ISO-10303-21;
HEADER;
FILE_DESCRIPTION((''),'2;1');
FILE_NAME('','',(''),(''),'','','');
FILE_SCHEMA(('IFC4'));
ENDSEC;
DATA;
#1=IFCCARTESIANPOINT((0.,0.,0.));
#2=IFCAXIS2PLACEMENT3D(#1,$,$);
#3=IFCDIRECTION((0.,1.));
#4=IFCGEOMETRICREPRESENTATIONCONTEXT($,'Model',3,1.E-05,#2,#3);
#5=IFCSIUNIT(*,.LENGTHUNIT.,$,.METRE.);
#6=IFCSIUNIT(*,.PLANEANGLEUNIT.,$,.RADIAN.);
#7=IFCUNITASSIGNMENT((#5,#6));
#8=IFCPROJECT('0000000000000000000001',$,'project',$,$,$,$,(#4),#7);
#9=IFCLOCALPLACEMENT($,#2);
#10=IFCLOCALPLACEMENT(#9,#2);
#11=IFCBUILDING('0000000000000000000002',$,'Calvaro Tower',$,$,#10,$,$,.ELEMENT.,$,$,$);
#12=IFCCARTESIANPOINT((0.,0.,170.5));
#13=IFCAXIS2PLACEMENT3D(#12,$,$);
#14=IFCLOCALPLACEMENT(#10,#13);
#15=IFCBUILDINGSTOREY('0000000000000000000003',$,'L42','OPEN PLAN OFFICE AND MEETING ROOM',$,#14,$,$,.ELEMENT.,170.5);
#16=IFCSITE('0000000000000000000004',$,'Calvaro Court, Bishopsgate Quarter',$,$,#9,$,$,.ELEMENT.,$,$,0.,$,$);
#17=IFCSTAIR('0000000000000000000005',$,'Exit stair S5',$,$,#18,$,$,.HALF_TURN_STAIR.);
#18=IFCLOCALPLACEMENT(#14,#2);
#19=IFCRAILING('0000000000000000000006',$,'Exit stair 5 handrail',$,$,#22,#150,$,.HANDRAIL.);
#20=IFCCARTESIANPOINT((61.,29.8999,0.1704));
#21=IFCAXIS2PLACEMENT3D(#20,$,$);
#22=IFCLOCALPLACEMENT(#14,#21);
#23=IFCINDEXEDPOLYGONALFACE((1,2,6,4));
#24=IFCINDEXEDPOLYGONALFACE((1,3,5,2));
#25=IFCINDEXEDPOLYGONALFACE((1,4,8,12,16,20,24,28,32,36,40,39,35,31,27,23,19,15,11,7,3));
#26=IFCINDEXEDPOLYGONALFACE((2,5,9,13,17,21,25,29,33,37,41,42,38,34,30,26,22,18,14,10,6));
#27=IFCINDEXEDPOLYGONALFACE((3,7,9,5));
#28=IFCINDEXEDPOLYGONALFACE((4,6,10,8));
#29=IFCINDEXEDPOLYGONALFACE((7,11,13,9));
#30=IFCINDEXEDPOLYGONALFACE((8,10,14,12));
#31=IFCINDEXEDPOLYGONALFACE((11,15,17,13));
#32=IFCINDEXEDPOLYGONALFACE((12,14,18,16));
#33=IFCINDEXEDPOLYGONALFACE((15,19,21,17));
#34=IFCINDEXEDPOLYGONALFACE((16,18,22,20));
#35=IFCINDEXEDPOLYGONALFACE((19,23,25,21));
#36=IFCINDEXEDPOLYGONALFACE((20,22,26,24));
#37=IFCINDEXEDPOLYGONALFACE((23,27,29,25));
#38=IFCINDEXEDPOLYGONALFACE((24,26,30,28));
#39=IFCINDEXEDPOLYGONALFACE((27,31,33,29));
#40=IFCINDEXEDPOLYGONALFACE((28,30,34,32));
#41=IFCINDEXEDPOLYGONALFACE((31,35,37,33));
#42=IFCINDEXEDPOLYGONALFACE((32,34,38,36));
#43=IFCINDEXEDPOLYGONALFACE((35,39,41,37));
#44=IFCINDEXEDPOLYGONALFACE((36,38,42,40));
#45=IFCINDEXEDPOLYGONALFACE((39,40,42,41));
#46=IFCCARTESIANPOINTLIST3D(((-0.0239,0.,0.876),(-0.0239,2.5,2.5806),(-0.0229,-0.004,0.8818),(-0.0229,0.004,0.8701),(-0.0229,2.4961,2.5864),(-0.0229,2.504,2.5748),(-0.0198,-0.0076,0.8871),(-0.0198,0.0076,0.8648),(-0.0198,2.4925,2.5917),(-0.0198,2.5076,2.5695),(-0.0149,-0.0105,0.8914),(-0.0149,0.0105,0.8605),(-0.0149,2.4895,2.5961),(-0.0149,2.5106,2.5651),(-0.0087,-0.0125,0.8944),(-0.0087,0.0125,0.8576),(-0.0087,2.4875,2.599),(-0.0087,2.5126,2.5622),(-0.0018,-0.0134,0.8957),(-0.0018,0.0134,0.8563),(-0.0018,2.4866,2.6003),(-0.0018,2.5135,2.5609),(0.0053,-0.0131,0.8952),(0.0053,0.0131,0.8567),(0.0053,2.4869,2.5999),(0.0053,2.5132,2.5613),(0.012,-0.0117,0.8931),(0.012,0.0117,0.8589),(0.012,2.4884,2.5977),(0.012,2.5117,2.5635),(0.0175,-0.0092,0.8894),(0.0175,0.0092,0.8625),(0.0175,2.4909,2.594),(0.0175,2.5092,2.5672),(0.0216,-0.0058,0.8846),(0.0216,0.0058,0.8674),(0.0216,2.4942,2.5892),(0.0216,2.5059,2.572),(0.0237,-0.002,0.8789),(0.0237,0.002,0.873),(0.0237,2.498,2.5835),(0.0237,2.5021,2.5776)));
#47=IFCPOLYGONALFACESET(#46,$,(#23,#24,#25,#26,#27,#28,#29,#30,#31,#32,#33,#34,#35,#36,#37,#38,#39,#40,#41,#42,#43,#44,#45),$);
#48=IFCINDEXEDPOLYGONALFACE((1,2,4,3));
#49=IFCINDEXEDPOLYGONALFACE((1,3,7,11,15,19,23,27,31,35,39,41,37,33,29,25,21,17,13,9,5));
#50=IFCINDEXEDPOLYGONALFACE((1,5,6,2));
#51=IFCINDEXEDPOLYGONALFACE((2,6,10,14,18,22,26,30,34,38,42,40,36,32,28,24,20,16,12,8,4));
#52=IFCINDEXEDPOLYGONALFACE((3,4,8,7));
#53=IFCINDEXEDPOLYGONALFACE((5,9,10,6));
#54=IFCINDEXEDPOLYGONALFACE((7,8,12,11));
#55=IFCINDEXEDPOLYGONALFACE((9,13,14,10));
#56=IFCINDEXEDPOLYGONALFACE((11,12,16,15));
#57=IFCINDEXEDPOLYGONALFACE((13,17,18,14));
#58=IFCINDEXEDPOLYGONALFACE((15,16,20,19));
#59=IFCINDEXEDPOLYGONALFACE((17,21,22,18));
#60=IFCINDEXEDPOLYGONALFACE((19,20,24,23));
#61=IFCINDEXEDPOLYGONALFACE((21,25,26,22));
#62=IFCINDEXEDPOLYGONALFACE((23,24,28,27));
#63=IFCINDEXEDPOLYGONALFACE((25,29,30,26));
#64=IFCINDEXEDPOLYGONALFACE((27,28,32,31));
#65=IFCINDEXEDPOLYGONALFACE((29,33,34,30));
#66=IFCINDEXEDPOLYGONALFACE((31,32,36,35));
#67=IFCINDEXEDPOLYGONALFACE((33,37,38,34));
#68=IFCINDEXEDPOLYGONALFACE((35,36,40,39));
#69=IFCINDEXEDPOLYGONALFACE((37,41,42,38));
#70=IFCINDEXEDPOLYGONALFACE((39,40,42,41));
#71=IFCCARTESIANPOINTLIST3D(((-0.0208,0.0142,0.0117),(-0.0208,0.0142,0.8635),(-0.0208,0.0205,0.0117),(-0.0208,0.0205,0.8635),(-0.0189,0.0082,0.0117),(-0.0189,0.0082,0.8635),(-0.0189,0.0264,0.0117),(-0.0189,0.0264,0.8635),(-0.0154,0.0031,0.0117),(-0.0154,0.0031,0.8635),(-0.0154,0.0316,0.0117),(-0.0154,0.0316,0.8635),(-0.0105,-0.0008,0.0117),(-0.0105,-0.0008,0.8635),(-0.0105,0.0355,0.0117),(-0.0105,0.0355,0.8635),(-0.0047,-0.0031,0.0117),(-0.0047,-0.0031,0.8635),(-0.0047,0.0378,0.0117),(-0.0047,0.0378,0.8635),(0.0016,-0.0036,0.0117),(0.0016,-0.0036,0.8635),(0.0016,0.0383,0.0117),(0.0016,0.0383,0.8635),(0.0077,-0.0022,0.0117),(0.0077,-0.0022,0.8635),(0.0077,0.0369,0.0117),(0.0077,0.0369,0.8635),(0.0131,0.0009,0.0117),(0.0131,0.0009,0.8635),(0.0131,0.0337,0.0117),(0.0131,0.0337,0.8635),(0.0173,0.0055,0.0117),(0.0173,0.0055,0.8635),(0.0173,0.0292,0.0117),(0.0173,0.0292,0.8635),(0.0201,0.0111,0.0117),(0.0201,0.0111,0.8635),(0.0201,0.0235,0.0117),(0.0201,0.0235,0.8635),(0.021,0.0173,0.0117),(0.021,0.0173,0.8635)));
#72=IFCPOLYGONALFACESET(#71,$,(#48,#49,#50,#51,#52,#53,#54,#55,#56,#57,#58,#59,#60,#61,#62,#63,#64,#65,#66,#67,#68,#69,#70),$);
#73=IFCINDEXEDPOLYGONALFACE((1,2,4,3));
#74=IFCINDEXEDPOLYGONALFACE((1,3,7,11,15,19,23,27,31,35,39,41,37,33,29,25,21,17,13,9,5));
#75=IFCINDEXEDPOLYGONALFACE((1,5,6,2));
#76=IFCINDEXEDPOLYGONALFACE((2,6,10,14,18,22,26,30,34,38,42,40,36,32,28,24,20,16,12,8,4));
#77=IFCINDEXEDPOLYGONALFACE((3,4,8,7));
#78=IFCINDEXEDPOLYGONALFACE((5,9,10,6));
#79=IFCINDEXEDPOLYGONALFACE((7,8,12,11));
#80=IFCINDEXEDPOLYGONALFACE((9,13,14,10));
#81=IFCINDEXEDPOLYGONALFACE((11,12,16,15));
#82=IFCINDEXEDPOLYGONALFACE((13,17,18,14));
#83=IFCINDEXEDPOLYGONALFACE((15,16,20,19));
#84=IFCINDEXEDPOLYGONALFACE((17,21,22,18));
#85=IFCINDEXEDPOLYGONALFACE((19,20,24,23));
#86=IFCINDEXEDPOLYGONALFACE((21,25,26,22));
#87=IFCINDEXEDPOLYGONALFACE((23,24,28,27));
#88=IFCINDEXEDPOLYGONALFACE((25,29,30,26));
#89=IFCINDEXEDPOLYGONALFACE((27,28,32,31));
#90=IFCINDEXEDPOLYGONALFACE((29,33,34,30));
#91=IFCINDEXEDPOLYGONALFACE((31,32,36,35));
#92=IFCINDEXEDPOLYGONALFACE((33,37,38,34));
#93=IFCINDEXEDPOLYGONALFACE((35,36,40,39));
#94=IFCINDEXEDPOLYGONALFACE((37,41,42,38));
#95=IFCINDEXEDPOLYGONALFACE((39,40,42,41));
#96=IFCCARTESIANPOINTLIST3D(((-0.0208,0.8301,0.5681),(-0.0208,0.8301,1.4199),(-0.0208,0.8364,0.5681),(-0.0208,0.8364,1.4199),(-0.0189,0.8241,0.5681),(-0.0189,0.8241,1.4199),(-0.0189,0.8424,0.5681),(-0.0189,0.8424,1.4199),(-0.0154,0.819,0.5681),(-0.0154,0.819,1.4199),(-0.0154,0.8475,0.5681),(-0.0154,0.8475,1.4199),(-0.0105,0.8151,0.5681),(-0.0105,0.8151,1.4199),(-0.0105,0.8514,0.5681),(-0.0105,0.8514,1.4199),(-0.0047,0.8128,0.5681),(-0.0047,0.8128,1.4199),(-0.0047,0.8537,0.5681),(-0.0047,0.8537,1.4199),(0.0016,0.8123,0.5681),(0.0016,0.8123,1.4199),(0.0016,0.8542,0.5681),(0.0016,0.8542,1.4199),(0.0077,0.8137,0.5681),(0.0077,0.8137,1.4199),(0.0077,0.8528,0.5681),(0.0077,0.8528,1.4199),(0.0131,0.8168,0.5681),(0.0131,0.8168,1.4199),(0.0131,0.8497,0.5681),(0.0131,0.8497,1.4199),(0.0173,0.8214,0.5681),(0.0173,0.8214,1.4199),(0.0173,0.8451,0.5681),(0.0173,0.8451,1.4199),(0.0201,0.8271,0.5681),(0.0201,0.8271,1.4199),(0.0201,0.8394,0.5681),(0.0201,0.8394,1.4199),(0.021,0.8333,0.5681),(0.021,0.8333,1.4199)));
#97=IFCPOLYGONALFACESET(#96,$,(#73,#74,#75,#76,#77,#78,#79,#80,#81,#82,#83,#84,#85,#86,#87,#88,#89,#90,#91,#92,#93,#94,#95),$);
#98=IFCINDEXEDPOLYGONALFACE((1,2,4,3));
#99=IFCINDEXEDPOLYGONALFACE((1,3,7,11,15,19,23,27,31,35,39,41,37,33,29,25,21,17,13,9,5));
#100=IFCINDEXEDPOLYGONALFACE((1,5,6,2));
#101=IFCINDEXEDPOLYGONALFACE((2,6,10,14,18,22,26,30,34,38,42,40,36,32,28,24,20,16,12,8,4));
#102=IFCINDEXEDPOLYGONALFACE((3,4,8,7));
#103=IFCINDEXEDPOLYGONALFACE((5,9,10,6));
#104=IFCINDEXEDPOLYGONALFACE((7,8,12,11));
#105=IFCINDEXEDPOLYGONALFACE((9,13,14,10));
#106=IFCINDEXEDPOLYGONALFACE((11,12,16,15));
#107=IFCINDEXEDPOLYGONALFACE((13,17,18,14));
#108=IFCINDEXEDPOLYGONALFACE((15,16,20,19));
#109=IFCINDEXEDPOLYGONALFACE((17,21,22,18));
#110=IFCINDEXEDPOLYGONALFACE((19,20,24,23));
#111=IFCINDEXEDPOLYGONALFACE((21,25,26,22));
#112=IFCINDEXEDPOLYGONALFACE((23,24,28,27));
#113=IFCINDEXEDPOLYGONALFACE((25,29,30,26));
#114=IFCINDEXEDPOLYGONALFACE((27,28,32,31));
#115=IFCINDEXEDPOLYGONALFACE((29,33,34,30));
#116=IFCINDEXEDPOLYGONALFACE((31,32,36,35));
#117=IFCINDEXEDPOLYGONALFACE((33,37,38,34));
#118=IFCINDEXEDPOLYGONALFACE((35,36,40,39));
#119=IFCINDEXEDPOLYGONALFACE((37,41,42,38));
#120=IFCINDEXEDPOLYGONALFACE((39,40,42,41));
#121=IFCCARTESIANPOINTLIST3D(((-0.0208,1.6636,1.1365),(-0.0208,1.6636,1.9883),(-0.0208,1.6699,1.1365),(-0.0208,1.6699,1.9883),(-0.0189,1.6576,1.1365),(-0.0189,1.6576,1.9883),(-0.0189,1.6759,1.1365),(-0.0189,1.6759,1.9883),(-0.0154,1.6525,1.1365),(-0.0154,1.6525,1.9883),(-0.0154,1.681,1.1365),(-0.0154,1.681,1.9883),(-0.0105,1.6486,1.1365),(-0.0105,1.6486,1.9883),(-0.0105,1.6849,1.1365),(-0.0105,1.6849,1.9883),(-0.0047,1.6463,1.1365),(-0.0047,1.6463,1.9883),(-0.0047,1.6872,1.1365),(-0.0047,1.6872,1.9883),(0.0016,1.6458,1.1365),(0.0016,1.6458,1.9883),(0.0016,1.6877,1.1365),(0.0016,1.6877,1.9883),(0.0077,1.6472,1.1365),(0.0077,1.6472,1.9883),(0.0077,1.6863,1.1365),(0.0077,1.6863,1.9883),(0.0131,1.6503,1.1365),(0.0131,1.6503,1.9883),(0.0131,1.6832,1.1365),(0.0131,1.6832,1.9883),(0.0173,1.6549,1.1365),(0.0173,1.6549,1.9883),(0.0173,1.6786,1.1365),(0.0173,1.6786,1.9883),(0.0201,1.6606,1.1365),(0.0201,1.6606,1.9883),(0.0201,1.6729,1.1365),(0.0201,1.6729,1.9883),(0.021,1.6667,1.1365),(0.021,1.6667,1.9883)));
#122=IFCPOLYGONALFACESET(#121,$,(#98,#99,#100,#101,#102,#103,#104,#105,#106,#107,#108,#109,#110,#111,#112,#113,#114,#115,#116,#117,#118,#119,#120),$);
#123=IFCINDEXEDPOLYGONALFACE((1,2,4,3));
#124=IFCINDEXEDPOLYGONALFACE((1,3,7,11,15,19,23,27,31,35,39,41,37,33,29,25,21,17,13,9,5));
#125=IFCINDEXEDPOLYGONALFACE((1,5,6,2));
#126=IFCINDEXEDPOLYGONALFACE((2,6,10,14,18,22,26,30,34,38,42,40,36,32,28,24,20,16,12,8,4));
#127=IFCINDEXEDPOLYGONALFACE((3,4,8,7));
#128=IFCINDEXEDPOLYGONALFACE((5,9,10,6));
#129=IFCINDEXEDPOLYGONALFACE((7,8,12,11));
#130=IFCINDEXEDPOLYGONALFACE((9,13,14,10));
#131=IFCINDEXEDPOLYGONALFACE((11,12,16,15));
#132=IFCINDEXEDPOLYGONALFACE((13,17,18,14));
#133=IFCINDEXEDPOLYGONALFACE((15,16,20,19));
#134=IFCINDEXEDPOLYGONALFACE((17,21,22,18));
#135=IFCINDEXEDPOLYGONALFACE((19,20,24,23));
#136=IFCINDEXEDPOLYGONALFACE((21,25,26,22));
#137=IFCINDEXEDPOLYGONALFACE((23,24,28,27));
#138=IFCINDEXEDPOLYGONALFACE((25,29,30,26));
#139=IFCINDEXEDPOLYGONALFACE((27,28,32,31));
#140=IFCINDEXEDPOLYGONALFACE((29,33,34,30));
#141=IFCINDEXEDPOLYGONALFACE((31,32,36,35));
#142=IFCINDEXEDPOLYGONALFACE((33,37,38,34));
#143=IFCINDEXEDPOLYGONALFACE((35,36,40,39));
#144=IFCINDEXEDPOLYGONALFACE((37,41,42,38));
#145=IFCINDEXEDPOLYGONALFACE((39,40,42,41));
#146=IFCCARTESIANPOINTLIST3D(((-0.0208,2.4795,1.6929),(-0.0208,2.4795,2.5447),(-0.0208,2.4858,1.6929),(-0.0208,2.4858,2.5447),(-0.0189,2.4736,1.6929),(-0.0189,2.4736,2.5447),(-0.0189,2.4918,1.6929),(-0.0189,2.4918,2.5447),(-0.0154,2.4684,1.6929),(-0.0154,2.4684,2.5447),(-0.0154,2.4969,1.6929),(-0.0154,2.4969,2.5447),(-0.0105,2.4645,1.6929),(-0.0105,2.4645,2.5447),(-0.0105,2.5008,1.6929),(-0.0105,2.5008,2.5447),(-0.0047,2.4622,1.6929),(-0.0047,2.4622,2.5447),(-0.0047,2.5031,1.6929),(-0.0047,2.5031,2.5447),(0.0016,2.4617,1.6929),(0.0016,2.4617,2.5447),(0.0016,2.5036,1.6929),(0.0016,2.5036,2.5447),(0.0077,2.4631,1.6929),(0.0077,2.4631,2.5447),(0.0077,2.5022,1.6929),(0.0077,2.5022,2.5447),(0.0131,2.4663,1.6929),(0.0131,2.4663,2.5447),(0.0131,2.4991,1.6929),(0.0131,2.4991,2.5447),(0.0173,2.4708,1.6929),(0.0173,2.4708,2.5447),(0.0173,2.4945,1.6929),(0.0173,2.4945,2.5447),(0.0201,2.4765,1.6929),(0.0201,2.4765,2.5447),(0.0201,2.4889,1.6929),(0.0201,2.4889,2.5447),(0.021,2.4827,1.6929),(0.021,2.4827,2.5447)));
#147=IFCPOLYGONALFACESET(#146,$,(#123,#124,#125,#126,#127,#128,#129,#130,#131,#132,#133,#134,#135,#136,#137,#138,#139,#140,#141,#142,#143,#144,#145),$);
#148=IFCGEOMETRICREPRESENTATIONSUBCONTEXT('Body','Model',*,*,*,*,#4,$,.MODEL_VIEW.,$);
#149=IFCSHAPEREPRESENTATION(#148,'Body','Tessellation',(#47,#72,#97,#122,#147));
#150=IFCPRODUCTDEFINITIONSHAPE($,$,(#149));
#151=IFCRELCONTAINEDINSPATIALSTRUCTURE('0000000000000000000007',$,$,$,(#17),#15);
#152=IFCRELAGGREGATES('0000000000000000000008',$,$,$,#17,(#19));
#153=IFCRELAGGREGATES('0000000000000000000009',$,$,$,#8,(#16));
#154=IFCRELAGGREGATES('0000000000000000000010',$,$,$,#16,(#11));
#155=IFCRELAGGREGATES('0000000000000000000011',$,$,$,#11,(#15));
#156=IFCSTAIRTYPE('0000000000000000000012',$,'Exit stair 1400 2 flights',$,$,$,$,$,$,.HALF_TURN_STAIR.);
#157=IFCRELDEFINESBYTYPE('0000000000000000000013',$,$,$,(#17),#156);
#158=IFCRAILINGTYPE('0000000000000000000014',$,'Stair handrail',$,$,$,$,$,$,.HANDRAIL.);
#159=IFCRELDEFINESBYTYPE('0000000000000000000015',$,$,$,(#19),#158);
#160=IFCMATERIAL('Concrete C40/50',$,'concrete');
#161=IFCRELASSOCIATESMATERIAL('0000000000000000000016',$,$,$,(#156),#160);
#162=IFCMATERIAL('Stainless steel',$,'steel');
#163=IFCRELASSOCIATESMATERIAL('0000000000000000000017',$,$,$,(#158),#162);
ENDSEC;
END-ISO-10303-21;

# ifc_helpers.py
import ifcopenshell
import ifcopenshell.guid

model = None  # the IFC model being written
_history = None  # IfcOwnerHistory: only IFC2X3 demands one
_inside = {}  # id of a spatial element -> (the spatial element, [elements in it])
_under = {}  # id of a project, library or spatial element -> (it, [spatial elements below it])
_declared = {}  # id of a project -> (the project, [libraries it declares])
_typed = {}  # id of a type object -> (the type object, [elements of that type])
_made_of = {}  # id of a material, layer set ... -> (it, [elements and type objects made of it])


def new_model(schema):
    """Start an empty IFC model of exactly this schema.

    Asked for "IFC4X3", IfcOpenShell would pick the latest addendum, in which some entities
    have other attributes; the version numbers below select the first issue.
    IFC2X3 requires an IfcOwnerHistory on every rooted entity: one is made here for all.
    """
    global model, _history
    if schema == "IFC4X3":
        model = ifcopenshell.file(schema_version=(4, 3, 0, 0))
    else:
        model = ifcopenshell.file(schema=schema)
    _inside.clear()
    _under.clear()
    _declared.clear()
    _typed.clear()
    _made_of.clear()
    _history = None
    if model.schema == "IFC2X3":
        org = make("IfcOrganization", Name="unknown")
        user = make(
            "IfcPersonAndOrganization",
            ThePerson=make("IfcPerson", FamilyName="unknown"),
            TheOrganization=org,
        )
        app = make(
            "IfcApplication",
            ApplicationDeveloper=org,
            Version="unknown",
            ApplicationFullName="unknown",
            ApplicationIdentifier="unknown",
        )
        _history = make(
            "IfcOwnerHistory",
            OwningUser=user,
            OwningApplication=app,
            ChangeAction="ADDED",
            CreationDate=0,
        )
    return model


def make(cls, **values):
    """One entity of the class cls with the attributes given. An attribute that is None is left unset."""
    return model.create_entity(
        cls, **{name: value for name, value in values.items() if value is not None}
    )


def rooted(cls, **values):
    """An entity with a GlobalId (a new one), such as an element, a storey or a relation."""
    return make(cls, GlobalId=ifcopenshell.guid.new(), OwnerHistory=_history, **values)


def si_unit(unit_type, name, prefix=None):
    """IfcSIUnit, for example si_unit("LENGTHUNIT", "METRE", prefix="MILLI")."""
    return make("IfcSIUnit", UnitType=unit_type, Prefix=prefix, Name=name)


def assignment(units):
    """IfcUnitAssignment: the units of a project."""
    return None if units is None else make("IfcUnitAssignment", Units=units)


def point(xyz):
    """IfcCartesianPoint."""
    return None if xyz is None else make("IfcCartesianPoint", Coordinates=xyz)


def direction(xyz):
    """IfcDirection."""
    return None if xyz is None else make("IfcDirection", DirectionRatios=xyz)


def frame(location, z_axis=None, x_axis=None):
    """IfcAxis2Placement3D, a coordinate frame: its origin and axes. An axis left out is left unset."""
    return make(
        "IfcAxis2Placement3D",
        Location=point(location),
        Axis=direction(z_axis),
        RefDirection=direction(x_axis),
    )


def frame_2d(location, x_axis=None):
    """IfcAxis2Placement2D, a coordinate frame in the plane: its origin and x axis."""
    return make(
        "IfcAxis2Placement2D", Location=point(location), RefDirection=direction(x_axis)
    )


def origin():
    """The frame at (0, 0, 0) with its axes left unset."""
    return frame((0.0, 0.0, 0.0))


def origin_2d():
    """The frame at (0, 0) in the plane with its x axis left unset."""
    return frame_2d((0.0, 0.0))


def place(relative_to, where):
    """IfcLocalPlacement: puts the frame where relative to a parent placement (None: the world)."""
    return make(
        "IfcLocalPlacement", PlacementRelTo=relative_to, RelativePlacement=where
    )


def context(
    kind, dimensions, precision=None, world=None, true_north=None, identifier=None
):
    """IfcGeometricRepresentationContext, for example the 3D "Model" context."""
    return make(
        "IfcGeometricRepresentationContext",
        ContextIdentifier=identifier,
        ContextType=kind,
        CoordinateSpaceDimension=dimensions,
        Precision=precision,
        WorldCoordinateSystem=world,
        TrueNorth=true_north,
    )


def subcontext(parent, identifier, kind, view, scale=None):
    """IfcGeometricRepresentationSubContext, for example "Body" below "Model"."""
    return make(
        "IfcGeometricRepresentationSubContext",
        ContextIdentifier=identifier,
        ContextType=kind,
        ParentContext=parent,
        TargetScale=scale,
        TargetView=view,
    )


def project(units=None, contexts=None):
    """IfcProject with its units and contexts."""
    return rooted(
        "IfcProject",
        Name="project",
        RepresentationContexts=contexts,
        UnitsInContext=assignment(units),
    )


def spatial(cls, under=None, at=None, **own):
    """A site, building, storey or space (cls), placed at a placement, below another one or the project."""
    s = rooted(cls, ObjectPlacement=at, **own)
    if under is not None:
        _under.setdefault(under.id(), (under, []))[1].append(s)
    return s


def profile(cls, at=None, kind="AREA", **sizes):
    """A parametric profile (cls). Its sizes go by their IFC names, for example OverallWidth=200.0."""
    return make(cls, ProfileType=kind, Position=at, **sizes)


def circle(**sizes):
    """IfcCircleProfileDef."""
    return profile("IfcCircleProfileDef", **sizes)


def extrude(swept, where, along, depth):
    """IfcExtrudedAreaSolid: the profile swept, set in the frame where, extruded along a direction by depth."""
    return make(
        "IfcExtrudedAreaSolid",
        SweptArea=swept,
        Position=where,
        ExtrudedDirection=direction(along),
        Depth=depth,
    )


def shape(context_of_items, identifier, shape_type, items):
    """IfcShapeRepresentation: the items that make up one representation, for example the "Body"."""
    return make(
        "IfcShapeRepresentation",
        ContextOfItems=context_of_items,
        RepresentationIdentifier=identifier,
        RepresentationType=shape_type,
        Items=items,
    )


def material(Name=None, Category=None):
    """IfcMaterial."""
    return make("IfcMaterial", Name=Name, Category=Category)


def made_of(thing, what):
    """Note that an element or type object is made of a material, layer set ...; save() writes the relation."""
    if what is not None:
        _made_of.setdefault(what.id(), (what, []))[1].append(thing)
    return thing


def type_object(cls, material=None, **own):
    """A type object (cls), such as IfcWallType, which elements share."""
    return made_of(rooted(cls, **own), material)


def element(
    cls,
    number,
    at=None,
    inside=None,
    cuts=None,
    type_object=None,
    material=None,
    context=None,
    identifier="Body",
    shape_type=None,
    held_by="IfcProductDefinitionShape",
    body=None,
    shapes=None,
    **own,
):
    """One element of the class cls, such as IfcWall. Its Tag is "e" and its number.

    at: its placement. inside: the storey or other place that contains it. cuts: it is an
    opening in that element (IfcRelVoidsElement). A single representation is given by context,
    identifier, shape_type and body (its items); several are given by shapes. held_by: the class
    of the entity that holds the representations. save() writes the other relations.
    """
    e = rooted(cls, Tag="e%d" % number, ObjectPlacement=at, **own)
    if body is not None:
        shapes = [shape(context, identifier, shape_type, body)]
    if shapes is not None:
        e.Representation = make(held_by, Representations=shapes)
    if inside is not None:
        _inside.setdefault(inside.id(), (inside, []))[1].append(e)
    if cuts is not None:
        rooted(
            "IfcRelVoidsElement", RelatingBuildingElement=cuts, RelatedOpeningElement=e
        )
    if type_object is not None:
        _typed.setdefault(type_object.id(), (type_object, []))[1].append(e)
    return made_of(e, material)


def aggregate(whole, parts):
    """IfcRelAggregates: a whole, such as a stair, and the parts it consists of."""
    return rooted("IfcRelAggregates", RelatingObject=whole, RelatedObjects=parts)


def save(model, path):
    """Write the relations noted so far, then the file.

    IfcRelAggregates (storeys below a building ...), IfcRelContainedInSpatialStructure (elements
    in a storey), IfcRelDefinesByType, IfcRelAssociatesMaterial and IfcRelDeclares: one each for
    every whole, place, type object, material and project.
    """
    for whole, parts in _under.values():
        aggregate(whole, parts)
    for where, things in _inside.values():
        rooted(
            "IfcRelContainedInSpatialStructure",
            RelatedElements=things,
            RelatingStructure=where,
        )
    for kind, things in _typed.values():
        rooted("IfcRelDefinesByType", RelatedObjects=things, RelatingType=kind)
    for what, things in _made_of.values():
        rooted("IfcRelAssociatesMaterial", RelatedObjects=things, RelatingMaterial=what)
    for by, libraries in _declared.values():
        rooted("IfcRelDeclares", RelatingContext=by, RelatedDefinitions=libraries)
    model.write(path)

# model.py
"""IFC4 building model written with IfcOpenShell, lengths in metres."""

from ifc_helpers import new_model, si_unit, direction, frame, origin, origin_2d, place, context, subcontext, project, spatial, circle, extrude, material, type_object, element, aggregate, save


model = new_model("IFC4")

# Units and contexts
model_context = context("Model", 3, precision=1e-05, world=origin(), true_north=direction((0.0, 1.0)))
body_context = subcontext(model_context, "Body", "Model", "MODEL_VIEW")
ifc_project = project(units=[si_unit("LENGTHUNIT", "METRE"), si_unit("PLANEANGLEUNIT", "RADIAN")], contexts=[model_context])

# Site, building, storey
site_placement = place(None, origin())
site = spatial("IfcSite", under=ifc_project, at=site_placement, Name="Calvaro Court, Bishopsgate Quarter", CompositionType="ELEMENT", RefElevation=0.0)
building_placement = place(site_placement, origin())
building = spatial("IfcBuilding", under=site, at=building_placement, Name="Calvaro Tower", CompositionType="ELEMENT")
storey_placement = place(building_placement, frame((0.0, 0.0, 170.5)))
storey = spatial("IfcBuildingStorey", under=building, at=storey_placement, Name="L42", Description="OPEN PLAN OFFICE AND MEETING ROOM", CompositionType="ELEMENT", Elevation=170.5)

# Stair
ifc_material_1 = material(Name="Concrete C40/50", Category="concrete")
stair_type = type_object("IfcStairType", Name="Exit stair 1400 2 flights", PredefinedType="HALF_TURN_STAIR", material=ifc_material_1)
stair_1_placement = place(storey_placement, origin())
stair_1 = element("IfcStair", 1, at=stair_1_placement, inside=storey, type_object=stair_type, Name="Exit stair S5", PredefinedType="HALF_TURN_STAIR")

# Railing
ifc_material_2 = material(Name="Stainless steel", Category="steel")
railing_type = type_object("IfcRailingType", Name="Stair handrail", PredefinedType="HANDRAIL", material=ifc_material_2)
railing_1_placement = place(storey_placement, frame((61.0, 29.8999, 0.1704)))
railing_1 = element("IfcRailing", 2, at=railing_1_placement, type_object=railing_type, Name="Exit stair 5 handrail", PredefinedType="HANDRAIL", context=body_context, shape_type="SweptSolid", body=[
    extrude(circle(Radius=0.0239, at=origin_2d()), frame((0.0, 0.0, 0.876), z_axis=(0.0, 0.826221, 0.563347), x_axis=(-1.0, 0.0, 0.0)), (0.0, 0.0, 1.0), 3.0259),
    extrude(circle(Radius=0.021, at=origin_2d()), frame((0.0, 0.0173, 0.0117)), (0.0, 0.0, 1.0), 0.8518),
    extrude(circle(Radius=0.021, at=origin_2d()), frame((0.0, 0.8333, 0.5681)), (0.0, 0.0, 1.0), 0.8518),
    extrude(circle(Radius=0.021, at=origin_2d()), frame((0.0, 1.6667, 1.1365)), (0.0, 0.0, 1.0), 0.8518),
    extrude(circle(Radius=0.021, at=origin_2d()), frame((0.0, 2.4827, 1.6929)), (0.0, 0.0, 1.0), 0.8518),
])
aggregate(stair_1, [railing_1])

save(model, "model.ifc")
